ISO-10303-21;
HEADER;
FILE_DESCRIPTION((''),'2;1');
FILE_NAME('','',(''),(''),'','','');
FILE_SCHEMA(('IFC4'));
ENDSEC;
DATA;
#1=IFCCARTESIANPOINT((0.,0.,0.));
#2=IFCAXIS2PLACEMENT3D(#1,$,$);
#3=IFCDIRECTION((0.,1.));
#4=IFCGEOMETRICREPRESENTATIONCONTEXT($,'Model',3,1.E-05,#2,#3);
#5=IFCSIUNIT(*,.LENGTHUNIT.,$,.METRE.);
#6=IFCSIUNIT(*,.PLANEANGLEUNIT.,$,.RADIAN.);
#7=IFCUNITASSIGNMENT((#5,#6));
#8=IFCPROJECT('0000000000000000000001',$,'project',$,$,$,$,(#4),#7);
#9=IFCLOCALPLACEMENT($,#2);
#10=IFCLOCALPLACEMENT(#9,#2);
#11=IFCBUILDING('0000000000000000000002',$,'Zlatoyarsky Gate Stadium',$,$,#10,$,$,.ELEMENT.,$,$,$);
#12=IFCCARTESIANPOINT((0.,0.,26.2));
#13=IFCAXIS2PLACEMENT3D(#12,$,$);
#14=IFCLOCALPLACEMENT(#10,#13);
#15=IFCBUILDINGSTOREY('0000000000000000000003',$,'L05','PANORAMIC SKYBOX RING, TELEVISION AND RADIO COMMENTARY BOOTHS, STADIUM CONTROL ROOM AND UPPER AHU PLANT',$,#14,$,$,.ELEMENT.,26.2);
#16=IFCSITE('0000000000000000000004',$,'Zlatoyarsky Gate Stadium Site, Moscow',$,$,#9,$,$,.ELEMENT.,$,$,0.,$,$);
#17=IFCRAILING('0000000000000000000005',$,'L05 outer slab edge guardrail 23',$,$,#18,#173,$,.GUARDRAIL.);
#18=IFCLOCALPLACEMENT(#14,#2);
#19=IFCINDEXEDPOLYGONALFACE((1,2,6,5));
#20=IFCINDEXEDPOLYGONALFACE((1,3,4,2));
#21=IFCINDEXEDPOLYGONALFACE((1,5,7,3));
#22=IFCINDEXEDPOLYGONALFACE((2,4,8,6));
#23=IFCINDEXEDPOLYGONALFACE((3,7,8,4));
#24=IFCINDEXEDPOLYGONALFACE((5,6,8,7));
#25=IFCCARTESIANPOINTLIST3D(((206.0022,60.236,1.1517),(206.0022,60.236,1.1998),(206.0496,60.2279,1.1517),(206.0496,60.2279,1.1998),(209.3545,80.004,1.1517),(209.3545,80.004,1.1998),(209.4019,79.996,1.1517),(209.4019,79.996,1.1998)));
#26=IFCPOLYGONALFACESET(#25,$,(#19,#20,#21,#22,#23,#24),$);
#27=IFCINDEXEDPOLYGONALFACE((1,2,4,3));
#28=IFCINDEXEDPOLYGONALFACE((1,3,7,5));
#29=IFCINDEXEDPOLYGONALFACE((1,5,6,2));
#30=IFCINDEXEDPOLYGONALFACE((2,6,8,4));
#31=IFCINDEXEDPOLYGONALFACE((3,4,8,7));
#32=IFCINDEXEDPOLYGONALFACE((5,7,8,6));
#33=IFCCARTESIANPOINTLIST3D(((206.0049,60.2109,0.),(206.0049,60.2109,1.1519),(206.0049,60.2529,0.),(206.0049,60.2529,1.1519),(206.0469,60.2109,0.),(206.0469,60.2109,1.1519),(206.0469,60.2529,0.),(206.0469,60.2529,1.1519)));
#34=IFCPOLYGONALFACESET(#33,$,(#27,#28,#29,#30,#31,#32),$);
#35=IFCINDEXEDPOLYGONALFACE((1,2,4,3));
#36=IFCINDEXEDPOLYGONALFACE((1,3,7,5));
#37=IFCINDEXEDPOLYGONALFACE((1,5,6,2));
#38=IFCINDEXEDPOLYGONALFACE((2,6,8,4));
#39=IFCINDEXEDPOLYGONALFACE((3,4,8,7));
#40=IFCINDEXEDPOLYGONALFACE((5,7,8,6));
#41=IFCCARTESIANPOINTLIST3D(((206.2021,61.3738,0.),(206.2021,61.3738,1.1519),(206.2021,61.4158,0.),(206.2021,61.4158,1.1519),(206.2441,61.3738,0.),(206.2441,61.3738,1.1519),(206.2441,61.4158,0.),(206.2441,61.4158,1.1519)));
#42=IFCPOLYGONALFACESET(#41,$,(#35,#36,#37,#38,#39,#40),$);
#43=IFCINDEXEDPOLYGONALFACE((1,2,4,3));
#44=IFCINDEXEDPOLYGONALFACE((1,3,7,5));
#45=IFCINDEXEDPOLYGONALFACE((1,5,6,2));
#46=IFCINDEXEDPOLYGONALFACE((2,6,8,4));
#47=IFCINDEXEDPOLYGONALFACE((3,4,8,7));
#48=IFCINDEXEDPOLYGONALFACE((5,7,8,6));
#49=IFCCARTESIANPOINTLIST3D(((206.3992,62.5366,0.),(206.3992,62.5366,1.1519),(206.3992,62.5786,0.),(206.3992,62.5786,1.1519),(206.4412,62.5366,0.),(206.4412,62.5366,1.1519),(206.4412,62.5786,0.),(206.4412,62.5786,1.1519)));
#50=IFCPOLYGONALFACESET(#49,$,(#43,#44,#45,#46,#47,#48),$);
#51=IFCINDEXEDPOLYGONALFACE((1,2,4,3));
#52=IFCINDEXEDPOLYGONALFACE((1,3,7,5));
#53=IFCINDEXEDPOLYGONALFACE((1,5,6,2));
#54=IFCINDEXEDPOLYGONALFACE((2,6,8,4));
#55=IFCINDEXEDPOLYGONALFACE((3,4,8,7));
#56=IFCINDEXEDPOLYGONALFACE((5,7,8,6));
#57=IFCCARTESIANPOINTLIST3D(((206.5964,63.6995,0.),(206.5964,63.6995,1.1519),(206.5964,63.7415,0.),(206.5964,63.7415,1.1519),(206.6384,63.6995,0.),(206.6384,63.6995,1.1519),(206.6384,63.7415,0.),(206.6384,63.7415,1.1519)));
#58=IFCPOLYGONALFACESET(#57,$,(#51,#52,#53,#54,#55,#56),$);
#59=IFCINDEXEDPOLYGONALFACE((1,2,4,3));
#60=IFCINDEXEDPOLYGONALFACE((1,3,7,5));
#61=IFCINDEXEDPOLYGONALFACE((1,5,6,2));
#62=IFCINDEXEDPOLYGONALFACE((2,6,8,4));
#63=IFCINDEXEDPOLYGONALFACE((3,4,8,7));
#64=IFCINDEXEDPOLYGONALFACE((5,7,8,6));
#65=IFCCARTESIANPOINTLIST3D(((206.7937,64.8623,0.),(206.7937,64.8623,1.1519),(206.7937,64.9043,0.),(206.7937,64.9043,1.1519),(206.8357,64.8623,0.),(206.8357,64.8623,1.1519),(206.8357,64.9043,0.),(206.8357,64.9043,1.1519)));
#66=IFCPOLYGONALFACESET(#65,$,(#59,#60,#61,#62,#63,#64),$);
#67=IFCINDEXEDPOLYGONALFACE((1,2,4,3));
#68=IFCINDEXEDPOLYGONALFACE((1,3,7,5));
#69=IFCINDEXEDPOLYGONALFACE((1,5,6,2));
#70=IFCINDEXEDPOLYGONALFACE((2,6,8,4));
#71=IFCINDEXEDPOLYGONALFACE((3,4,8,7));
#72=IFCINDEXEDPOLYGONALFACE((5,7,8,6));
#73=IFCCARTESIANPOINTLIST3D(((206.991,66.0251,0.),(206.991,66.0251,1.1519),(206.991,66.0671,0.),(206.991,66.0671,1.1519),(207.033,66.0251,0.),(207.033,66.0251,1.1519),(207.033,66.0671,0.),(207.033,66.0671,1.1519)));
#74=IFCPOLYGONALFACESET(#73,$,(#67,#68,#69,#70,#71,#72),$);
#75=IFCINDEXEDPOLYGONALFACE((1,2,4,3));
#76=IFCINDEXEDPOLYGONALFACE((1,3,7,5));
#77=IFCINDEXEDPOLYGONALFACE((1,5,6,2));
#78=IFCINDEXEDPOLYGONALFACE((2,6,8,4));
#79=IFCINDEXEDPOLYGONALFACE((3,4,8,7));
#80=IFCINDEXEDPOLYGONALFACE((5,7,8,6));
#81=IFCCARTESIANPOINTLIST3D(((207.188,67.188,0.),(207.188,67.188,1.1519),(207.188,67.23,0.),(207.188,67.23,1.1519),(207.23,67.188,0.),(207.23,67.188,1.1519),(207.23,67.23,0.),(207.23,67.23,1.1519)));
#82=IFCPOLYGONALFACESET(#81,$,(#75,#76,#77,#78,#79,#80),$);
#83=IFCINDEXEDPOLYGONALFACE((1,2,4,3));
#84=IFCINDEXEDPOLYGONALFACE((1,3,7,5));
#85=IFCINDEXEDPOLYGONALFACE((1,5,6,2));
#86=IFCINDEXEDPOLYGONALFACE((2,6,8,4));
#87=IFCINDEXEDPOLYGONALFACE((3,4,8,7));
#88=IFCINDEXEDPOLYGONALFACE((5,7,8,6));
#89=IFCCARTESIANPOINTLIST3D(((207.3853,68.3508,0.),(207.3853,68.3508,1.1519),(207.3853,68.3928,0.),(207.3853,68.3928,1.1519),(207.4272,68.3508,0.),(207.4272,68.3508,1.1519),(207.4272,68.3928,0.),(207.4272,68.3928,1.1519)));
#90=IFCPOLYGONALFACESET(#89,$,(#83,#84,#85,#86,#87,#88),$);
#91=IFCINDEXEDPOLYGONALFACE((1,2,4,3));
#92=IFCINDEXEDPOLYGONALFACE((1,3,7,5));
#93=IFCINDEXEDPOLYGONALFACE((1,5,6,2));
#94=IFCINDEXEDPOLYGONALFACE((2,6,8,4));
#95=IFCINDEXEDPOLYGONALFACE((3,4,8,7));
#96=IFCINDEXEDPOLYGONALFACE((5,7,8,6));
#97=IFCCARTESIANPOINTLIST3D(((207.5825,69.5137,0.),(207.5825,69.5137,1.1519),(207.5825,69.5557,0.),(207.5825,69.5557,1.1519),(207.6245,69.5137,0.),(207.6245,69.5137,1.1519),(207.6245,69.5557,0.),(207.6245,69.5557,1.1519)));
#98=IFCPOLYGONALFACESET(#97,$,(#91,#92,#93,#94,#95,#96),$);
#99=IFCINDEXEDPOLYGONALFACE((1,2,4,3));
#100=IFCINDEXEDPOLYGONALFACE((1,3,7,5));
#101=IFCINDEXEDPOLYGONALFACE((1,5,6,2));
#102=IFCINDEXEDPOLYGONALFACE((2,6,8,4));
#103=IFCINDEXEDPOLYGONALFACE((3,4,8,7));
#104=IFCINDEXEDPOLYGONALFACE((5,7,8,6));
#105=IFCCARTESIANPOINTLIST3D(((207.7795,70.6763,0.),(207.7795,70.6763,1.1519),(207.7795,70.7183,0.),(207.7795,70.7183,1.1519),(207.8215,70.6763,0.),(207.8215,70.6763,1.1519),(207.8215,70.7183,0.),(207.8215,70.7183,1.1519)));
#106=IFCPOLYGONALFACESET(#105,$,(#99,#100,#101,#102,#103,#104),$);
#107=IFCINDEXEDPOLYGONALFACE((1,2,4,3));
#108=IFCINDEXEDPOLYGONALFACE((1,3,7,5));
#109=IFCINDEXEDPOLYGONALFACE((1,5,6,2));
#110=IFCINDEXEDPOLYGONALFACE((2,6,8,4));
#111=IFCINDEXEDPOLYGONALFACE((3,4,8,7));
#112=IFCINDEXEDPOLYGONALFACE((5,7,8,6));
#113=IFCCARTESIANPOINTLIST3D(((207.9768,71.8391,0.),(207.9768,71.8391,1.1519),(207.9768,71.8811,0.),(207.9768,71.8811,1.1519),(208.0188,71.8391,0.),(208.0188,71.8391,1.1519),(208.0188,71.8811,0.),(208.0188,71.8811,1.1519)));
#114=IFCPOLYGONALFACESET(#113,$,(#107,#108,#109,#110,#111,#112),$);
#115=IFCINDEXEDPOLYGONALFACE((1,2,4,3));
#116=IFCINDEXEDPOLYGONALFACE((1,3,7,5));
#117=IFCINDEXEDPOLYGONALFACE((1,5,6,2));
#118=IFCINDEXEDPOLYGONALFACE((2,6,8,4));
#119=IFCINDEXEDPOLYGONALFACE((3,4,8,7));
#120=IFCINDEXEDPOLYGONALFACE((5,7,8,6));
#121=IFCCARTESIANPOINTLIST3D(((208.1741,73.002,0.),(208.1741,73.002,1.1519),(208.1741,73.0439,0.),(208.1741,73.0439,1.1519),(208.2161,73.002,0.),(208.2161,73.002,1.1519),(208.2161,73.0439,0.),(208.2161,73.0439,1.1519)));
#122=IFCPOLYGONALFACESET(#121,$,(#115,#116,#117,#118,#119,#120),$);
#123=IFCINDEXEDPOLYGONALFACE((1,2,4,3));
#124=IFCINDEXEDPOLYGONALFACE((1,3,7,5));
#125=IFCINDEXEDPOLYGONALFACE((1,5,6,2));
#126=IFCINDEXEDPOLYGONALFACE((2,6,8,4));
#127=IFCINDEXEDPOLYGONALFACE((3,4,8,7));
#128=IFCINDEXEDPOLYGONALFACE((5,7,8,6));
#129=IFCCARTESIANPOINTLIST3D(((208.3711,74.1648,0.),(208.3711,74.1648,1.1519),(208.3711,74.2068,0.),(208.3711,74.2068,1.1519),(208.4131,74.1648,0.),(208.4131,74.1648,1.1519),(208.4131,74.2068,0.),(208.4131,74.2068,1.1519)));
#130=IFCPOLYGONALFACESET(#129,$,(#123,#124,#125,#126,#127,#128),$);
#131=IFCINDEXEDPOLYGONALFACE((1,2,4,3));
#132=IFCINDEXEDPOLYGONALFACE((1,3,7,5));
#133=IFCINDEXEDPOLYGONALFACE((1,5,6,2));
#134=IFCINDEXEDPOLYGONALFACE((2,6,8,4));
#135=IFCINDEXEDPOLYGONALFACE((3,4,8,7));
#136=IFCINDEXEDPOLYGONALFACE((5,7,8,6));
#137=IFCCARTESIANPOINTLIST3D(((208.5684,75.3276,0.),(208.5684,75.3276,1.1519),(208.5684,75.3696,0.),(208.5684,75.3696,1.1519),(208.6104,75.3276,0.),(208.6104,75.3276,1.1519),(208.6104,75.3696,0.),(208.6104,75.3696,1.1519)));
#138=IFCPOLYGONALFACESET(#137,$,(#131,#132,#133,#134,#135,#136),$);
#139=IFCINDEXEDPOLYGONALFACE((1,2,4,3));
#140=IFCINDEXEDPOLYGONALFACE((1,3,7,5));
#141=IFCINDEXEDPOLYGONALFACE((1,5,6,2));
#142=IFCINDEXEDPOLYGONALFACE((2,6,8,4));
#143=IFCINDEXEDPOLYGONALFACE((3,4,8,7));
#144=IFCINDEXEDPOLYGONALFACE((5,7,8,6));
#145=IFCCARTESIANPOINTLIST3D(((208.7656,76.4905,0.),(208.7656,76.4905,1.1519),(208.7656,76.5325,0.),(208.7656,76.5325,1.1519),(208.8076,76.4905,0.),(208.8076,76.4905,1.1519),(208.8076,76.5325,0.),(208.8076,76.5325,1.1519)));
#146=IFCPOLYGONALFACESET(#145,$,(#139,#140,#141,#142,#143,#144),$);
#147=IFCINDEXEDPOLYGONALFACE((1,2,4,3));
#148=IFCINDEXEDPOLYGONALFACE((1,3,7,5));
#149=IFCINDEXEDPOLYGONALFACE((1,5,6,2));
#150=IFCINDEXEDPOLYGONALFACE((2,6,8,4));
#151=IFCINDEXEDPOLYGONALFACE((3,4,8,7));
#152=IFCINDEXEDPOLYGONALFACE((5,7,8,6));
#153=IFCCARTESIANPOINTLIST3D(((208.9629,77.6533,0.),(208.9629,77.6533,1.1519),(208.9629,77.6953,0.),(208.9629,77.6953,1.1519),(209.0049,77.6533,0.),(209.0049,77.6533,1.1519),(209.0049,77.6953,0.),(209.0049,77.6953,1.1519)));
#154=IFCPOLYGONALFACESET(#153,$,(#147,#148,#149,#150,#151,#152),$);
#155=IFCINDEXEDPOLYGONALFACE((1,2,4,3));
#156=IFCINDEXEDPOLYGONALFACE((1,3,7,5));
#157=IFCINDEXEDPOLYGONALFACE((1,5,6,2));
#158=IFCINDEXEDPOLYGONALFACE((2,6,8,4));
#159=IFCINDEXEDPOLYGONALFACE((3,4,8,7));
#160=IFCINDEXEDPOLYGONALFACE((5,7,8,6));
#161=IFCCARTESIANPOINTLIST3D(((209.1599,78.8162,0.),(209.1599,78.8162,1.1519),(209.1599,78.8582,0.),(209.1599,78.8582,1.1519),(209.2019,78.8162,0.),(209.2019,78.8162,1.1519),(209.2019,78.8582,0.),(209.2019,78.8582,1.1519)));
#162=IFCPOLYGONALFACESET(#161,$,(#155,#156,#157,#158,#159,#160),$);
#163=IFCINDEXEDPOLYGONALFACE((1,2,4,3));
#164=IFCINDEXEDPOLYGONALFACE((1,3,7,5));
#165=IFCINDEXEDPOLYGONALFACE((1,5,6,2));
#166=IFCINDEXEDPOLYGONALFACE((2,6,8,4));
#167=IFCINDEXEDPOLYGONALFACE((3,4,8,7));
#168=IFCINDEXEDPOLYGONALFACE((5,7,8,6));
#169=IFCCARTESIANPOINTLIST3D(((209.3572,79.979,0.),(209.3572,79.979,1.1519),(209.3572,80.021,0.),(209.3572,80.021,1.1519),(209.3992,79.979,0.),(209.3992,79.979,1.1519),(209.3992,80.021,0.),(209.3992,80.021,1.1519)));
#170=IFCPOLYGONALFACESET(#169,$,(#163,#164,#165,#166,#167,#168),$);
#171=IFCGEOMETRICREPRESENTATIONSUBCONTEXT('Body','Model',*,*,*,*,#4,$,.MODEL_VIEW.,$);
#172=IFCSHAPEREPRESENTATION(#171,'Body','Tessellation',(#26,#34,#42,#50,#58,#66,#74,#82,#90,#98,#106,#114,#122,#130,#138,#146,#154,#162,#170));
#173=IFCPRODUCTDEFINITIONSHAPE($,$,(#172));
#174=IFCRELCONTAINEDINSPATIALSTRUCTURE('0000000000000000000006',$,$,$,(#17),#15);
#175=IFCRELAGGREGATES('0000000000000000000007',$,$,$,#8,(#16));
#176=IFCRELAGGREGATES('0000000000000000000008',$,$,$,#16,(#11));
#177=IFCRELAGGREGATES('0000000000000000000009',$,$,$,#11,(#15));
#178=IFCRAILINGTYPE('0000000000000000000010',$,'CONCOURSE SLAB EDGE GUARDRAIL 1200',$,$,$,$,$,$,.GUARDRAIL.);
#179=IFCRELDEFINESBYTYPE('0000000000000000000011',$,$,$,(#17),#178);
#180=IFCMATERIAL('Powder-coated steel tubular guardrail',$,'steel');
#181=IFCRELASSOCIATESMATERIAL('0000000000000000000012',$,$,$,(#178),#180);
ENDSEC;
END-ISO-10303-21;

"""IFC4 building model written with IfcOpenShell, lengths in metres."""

from ifc_helpers import new_model, si_unit, direction, frame, origin, origin_2d, place, context, subcontext, project, spatial, rectangle, extrude, material, type_object, element, save


model = new_model("IFC4")

# Units and contexts
model_context = context("Model", 3, precision=1e-05, world=origin(), true_north=direction((0.0, 1.0)))
body_context = subcontext(model_context, "Body", "Model", "MODEL_VIEW")
ifc_project = project(units=[si_unit("LENGTHUNIT", "METRE"), si_unit("PLANEANGLEUNIT", "RADIAN")], contexts=[model_context])

# Site, building, storey
site_placement = place(None, origin())
site = spatial("IfcSite", under=ifc_project, at=site_placement, Name="Zlatoyarsky Gate Stadium Site, Moscow", CompositionType="ELEMENT", RefElevation=0.0)
building_placement = place(site_placement, origin())
building = spatial("IfcBuilding", under=site, at=building_placement, Name="Zlatoyarsky Gate Stadium", CompositionType="ELEMENT")
storey_placement = place(building_placement, frame((0.0, 0.0, 26.2)))
storey = spatial("IfcBuildingStorey", under=building, at=storey_placement, Name="L05", Description="PANORAMIC SKYBOX RING, TELEVISION AND RADIO COMMENTARY BOOTHS, STADIUM CONTROL ROOM AND UPPER AHU PLANT", CompositionType="ELEMENT", Elevation=26.2)

# Railing
ifc_material_1 = material(Name="Powder-coated steel tubular guardrail", Category="steel")
railing_type = type_object("IfcRailingType", Name="CONCOURSE SLAB EDGE GUARDRAIL 1200", PredefinedType="GUARDRAIL", material=ifc_material_1)
railing_placement = place(storey_placement, frame((206.0259, 60.2319, 0.0)))
element("IfcRailing", 1, at=railing_placement, inside=storey, type_object=railing_type, Name="L05 outer slab edge guardrail 23", PredefinedType="GUARDRAIL", context=body_context, shape_type="SweptSolid", body=[
    extrude(rectangle(XDim=0.0481, YDim=0.0481, at=origin_2d()), frame((0.0, 0.0, 1.1758), z_axis=(0.167194, 0.985924, 0.0), x_axis=(-0.985924, 0.167194, 0.0)), (0.0, 0.0, 1.0), 20.0503),
    extrude(rectangle(XDim=0.042, YDim=0.042, at=origin_2d()), origin(), (0.0, 0.0, 1.0), 1.1519),
    extrude(rectangle(XDim=0.042, YDim=0.042, at=origin_2d()), frame((0.1973, 1.1628, 0.0)), (0.0, 0.0, 1.0), 1.1519),
    extrude(rectangle(XDim=0.042, YDim=0.042, at=origin_2d()), frame((0.3943, 2.3257, 0.0)), (0.0, 0.0, 1.0), 1.1519),
    extrude(rectangle(XDim=0.042, YDim=0.042, at=origin_2d()), frame((0.5916, 3.4885, 0.0)), (0.0, 0.0, 1.0), 1.1519),
    extrude(rectangle(XDim=0.042, YDim=0.042, at=origin_2d()), frame((0.7888, 4.6514, 0.0)), (0.0, 0.0, 1.0), 1.1519),
    extrude(rectangle(XDim=0.042, YDim=0.042, at=origin_2d()), frame((0.9861, 5.8142, 0.0)), (0.0, 0.0, 1.0), 1.1519),
    extrude(rectangle(XDim=0.042, YDim=0.042, at=origin_2d()), frame((1.1831, 6.9771, 0.0)), (0.0, 0.0, 1.0), 1.1519),
    extrude(rectangle(XDim=0.042, YDim=0.042, at=origin_2d()), frame((1.3804, 8.1399, 0.0)), (0.0, 0.0, 1.0), 1.1519),
    extrude(rectangle(XDim=0.042, YDim=0.042, at=origin_2d()), frame((1.5776, 9.3027, 0.0)), (0.0, 0.0, 1.0), 1.1519),
    extrude(rectangle(XDim=0.042, YDim=0.042, at=origin_2d()), frame((1.7747, 10.4653, 0.0)), (0.0, 0.0, 1.0), 1.1519),
    extrude(rectangle(XDim=0.042, YDim=0.042, at=origin_2d()), frame((1.9719, 11.6282, 0.0)), (0.0, 0.0, 1.0), 1.1519),
    extrude(rectangle(XDim=0.042, YDim=0.042, at=origin_2d()), frame((2.1692, 12.791, 0.0)), (0.0, 0.0, 1.0), 1.1519),
    extrude(rectangle(XDim=0.042, YDim=0.042, at=origin_2d()), frame((2.3662, 13.9539, 0.0)), (0.0, 0.0, 1.0), 1.1519),
    extrude(rectangle(XDim=0.042, YDim=0.042, at=origin_2d()), frame((2.5635, 15.1167, 0.0)), (0.0, 0.0, 1.0), 1.1519),
    extrude(rectangle(XDim=0.042, YDim=0.042, at=origin_2d()), frame((2.7607, 16.2795, 0.0)), (0.0, 0.0, 1.0), 1.1519),
    extrude(rectangle(XDim=0.042, YDim=0.042, at=origin_2d()), frame((2.958, 17.4424, 0.0)), (0.0, 0.0, 1.0), 1.1519),
    extrude(rectangle(XDim=0.042, YDim=0.042, at=origin_2d()), frame((3.155, 18.6052, 0.0)), (0.0, 0.0, 1.0), 1.1519),
    extrude(rectangle(XDim=0.042, YDim=0.042, at=origin_2d()), frame((3.3523, 19.7681, 0.0)), (0.0, 0.0, 1.0), 1.1519),
])

save(model, "model.ifc")
